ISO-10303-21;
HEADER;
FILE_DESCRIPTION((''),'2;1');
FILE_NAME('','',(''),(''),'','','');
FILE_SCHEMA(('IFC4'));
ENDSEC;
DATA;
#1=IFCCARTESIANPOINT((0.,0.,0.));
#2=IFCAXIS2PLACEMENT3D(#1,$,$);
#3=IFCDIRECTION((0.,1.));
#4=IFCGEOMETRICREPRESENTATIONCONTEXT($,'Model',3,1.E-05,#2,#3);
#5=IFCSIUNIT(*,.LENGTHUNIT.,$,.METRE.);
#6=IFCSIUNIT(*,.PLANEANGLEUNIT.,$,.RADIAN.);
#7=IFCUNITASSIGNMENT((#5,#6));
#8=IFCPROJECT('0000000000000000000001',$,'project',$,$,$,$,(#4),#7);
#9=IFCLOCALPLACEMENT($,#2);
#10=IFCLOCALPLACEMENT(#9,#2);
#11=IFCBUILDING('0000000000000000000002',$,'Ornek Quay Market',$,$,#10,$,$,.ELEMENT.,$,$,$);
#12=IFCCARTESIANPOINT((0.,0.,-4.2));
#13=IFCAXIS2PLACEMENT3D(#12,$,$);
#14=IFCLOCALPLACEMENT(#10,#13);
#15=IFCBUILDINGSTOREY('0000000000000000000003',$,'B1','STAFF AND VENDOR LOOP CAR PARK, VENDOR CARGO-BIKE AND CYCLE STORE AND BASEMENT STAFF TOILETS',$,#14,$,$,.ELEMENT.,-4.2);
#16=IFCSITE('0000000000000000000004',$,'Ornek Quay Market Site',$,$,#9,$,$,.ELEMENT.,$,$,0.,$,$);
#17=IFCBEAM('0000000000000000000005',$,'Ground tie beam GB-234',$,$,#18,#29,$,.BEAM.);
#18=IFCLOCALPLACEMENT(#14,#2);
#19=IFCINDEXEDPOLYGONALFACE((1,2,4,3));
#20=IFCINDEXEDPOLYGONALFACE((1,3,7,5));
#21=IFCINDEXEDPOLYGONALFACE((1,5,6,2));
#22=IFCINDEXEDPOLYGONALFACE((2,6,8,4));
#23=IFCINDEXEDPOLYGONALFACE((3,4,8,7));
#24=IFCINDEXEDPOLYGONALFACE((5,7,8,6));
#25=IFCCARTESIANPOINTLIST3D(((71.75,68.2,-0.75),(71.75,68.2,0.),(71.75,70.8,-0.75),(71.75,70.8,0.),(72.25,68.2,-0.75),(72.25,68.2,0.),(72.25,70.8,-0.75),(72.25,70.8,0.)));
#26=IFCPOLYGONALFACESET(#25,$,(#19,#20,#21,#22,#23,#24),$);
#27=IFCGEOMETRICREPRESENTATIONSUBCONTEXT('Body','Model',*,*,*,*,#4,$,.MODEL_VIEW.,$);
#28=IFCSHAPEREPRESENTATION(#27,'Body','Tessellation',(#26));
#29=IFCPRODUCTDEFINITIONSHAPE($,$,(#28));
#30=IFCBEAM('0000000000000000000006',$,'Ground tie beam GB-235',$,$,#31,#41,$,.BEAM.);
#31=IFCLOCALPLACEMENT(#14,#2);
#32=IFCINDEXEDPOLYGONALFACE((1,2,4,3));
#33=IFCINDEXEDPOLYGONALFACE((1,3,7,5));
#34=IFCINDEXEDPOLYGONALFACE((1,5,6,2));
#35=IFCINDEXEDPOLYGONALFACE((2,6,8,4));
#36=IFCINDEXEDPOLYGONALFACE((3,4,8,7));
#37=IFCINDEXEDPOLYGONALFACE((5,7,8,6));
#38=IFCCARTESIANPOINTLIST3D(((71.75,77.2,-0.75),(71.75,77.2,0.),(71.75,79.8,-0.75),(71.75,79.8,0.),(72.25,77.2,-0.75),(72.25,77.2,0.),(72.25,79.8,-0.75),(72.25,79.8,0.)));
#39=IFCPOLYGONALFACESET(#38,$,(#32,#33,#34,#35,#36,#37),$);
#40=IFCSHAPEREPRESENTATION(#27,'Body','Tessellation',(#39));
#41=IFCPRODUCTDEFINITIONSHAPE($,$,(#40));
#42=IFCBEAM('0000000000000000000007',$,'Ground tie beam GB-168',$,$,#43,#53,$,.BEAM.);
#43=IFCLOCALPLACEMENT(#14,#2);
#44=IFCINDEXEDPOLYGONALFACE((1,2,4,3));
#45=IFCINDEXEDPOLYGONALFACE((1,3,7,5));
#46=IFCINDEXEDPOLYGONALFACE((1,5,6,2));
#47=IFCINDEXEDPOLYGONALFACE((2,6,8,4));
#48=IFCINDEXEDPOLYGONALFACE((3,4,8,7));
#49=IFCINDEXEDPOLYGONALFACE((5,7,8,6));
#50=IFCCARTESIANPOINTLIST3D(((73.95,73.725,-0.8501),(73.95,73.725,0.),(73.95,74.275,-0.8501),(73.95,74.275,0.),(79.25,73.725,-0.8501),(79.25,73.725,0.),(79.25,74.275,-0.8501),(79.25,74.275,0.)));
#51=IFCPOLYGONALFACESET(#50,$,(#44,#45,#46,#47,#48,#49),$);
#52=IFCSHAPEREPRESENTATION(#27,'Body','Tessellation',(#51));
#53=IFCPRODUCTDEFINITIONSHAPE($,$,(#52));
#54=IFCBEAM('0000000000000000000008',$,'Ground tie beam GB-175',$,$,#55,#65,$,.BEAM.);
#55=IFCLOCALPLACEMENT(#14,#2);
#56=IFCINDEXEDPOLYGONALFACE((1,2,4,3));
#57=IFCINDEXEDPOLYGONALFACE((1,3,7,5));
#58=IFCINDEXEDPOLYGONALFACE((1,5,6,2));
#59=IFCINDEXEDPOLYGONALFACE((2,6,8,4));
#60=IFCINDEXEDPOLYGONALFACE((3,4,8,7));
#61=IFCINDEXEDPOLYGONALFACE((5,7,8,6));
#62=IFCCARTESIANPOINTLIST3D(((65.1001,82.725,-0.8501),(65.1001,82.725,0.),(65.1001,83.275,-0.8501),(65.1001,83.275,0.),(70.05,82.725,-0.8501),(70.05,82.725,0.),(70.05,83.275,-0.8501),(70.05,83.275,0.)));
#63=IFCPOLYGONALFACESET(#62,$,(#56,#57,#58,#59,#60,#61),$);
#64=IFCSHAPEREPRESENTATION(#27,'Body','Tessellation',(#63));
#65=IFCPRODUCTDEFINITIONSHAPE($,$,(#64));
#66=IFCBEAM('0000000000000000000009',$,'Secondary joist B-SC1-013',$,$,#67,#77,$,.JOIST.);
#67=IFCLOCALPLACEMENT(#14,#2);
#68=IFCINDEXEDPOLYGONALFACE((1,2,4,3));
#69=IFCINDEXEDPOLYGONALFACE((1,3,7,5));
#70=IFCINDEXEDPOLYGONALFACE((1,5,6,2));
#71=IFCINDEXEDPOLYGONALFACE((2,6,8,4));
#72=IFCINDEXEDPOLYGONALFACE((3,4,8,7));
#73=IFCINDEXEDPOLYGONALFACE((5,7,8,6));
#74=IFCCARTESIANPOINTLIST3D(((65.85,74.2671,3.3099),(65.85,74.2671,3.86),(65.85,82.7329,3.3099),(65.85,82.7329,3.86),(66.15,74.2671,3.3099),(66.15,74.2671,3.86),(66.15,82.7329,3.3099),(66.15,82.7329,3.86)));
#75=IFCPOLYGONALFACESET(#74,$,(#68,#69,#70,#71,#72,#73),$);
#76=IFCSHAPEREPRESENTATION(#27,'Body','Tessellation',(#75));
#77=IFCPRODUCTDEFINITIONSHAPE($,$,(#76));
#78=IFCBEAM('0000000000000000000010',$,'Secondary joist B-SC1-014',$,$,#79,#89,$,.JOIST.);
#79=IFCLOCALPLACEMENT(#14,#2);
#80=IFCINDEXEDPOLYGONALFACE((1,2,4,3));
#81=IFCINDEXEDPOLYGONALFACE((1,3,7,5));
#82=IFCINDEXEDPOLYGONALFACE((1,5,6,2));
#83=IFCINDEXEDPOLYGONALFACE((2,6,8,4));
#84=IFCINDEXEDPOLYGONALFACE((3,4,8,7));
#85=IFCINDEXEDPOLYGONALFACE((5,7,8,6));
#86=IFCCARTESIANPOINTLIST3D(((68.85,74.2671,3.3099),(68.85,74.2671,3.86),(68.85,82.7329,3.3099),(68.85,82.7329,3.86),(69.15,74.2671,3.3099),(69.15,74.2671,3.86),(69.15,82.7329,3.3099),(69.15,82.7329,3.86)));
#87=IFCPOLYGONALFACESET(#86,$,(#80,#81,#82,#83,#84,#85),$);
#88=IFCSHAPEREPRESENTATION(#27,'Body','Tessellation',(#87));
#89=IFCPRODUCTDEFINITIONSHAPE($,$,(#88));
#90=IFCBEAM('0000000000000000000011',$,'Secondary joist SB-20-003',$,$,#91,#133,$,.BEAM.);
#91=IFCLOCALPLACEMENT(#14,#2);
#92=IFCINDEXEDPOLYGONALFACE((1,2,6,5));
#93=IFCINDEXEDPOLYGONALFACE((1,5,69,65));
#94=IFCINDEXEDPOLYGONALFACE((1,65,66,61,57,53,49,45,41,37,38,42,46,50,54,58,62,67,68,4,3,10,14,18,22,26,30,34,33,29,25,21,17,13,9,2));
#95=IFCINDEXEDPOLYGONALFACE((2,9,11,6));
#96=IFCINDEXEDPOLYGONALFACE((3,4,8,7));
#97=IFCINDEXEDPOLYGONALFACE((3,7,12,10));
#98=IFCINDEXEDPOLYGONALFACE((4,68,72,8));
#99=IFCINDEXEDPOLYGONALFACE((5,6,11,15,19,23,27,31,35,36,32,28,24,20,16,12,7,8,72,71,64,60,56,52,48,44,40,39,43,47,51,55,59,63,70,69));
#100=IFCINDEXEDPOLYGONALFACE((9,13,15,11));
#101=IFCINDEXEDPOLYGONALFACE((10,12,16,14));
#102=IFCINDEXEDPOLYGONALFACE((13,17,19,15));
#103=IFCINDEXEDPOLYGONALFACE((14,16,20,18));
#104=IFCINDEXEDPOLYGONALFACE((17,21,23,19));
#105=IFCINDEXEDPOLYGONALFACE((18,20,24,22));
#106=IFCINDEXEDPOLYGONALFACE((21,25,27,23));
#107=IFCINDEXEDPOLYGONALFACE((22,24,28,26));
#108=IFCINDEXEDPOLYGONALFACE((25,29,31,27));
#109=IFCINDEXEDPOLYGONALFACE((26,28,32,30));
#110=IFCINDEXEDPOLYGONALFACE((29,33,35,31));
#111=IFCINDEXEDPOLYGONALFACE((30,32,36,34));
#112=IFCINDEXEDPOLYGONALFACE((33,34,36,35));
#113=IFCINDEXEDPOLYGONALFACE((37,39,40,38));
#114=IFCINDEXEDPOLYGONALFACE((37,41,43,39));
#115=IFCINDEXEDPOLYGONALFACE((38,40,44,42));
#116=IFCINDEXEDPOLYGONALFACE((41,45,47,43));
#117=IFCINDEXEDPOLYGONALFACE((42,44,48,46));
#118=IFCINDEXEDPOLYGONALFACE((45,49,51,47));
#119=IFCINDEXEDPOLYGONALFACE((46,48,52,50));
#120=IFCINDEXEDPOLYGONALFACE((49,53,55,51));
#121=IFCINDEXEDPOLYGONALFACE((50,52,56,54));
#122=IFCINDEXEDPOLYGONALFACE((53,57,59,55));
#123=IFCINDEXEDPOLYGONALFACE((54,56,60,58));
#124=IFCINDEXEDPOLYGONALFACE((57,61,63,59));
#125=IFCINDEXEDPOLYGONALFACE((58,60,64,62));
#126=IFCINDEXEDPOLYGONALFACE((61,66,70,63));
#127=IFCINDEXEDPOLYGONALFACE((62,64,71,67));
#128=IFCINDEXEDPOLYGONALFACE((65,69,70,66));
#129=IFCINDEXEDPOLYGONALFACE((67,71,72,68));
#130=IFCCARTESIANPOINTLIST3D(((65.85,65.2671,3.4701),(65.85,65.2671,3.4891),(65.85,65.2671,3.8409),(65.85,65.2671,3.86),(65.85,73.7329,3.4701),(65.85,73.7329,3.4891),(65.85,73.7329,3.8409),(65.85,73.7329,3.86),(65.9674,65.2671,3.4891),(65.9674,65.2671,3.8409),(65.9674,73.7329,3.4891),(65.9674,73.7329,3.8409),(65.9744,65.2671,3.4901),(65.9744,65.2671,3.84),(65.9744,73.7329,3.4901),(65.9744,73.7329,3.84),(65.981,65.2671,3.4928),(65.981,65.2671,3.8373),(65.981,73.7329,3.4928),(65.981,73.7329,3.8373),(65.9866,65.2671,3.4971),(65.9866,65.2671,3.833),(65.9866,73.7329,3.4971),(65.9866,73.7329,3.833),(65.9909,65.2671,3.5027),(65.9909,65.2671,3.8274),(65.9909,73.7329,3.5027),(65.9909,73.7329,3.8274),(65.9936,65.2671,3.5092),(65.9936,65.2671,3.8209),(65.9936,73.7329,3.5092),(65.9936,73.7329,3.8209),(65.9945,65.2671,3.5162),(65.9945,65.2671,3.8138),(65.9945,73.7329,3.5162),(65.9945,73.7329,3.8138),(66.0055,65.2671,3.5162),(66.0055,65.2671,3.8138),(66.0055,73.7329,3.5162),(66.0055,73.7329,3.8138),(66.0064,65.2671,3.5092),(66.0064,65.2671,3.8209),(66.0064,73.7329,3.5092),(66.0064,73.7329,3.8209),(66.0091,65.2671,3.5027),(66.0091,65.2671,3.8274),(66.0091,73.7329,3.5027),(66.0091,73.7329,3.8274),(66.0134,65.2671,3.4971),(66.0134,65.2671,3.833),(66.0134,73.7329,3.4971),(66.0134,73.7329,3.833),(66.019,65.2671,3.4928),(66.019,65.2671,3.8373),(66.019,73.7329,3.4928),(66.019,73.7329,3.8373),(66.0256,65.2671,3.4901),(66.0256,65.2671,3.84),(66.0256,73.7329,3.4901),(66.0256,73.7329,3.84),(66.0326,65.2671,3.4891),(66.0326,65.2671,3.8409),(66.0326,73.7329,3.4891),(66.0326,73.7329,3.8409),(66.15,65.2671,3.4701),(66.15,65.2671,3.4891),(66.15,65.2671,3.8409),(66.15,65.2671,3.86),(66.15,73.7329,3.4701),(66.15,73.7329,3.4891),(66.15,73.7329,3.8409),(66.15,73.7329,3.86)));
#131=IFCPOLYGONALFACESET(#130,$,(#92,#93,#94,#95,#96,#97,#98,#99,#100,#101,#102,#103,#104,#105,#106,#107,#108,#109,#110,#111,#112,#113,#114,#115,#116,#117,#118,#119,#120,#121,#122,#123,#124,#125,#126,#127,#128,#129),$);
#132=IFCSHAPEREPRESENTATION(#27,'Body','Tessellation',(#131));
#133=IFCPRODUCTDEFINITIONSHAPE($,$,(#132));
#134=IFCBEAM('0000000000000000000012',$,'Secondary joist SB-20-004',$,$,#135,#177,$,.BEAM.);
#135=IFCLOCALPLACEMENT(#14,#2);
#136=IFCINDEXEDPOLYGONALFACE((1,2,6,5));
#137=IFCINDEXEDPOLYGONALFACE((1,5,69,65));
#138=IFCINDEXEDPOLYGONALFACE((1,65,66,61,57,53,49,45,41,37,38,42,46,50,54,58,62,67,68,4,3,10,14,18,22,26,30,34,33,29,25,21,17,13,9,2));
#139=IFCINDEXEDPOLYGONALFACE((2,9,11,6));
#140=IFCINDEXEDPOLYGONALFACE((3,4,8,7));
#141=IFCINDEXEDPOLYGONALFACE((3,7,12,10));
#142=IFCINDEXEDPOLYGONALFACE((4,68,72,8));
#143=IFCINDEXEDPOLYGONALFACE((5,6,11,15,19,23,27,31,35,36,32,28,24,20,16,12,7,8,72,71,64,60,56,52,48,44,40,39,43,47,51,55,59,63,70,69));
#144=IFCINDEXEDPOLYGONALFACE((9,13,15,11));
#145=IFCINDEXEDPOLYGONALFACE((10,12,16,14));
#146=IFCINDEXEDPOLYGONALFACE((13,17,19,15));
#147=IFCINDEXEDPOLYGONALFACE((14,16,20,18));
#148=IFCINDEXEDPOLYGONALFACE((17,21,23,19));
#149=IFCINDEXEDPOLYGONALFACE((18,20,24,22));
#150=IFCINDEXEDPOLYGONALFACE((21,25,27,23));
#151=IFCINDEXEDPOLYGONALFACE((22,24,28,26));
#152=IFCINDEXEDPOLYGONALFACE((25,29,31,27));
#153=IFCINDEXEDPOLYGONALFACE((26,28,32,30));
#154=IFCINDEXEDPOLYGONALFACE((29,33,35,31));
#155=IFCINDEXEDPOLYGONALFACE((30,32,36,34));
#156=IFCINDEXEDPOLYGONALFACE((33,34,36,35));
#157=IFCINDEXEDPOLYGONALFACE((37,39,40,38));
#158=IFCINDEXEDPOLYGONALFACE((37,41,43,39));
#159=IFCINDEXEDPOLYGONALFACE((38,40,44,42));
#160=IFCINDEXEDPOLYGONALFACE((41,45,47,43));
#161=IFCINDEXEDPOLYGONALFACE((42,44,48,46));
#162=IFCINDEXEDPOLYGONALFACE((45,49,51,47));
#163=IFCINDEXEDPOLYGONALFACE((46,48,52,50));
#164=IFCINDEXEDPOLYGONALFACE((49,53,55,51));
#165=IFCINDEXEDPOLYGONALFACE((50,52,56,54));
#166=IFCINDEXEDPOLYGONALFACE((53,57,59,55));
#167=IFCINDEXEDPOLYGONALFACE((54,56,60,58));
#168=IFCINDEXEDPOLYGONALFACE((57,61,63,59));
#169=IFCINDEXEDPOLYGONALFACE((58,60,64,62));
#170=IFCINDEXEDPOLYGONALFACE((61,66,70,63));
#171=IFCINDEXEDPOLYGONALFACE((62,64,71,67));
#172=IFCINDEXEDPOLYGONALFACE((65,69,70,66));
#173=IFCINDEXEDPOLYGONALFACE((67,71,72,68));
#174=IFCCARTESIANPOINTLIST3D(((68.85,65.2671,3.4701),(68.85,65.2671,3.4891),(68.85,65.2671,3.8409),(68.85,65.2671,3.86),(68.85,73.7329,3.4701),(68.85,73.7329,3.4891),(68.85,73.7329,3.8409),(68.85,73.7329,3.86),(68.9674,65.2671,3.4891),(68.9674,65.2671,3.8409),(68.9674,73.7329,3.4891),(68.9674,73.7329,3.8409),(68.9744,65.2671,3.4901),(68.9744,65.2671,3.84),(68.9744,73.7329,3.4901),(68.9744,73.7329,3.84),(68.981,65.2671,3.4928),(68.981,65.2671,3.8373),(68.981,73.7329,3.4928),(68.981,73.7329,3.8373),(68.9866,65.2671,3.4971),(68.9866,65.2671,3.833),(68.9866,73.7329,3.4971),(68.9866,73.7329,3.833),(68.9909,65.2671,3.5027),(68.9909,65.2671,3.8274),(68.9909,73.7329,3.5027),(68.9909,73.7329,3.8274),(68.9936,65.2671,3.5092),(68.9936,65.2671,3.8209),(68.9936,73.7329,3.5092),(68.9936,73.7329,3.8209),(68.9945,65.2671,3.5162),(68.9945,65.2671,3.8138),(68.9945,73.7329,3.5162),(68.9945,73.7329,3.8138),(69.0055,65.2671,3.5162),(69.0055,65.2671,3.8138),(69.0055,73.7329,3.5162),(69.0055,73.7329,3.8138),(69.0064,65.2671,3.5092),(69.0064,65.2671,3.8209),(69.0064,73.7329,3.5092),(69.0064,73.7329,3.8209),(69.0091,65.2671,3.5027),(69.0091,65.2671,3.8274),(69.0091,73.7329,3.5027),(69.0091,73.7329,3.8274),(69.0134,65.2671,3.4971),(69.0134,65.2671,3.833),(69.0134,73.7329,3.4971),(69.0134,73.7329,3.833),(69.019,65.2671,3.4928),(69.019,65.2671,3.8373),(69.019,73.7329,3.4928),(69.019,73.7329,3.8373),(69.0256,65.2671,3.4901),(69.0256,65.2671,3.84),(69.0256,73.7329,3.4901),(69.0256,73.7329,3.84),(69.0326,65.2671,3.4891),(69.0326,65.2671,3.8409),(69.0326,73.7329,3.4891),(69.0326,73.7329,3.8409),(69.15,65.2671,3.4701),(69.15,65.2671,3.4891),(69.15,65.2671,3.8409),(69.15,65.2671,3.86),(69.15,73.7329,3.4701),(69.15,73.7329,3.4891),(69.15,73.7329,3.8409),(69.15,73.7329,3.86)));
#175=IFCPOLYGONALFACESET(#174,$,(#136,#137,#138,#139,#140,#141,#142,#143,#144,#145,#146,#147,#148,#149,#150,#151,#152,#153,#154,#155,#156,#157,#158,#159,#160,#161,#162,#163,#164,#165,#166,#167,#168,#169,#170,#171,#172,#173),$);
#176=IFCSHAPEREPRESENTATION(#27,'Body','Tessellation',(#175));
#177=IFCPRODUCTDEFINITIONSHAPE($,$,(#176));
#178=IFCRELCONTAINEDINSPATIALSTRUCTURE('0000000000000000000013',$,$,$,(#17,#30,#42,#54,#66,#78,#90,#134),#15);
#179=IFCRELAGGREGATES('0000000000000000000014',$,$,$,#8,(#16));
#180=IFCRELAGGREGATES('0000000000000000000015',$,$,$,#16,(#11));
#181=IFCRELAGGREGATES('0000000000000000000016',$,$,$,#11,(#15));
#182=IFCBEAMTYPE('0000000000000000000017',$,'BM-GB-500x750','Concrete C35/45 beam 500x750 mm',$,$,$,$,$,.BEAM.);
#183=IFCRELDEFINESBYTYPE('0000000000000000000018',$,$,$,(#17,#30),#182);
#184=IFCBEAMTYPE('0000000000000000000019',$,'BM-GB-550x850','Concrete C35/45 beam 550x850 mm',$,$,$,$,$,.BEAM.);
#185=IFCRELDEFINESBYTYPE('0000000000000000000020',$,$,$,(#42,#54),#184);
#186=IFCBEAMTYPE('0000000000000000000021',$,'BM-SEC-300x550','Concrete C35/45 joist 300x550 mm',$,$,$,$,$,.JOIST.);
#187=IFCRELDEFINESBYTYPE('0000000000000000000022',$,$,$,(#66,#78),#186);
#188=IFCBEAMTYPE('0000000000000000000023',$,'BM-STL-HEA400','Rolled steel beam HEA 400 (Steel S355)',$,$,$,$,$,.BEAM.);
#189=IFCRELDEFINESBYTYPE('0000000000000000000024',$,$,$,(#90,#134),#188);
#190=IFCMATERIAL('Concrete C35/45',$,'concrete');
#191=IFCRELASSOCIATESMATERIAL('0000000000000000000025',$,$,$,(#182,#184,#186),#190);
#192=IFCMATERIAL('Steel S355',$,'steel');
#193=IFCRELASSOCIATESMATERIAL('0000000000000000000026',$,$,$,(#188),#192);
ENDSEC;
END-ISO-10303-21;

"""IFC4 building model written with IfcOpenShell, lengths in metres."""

from ifc_helpers import new_model, si_unit, direction, frame, origin, origin_2d, place, context, subcontext, project, spatial, rectangle, i_section, extrude, material, material_profile, profile_set, type_object, element, save


model = new_model("IFC4")

# Units and contexts
model_context = context("Model", 3, precision=1e-05, world=origin(), true_north=direction((0.0, 1.0)))
body_context = subcontext(model_context, "Body", "Model", "MODEL_VIEW")
ifc_project = project(units=[si_unit("LENGTHUNIT", "METRE"), si_unit("PLANEANGLEUNIT", "RADIAN")], contexts=[model_context])

# Site, building, storey
site_placement = place(None, origin())
site = spatial("IfcSite", under=ifc_project, at=site_placement, Name="Ornek Quay Market Site", CompositionType="ELEMENT", RefElevation=0.0)
building_placement = place(site_placement, origin())
building = spatial("IfcBuilding", under=site, at=building_placement, Name="Ornek Quay Market", CompositionType="ELEMENT")
storey_placement = place(building_placement, frame((0.0, 0.0, -4.2)))
storey = spatial("IfcBuildingStorey", under=building, at=storey_placement, Name="B1", Description="STAFF AND VENDOR LOOP CAR PARK, VENDOR CARGO-BIKE AND CYCLE STORE AND BASEMENT STAFF TOILETS", CompositionType="ELEMENT", Elevation=-4.2)

# Shared definitions
ifc_material_1 = material(Name="Concrete C35/45", Category="concrete")

# Beams
ifc_material_profile_1 = material_profile(ifc_material_1, rectangle(XDim=0.5, YDim=0.75, at=origin_2d()), Name="RC 500x750", Category="concrete")
ifc_profile_set_1 = profile_set([ifc_material_profile_1], Name="Concrete C35/45")
beam_type_1 = type_object("IfcBeamType", Name="BM-GB-500x750", Description="Concrete C35/45 beam 500x750 mm", PredefinedType="BEAM", material=ifc_profile_set_1)
for number, where, z_axis, x_axis, name in (
    (1, (72.0, 68.2, -0.375), (0.0, 1.0, 0.0), (-1.0, 0.0, 0.0), "Ground tie beam GB-234"),
    (2, (72.0, 77.2, -0.375), (0.0, 1.0, 0.0), (-1.0, 0.0, 0.0), "Ground tie beam GB-235"),
):
    element("IfcBeam", number, at=place(storey_placement, frame(where, z_axis=z_axis, x_axis=x_axis)), inside=storey, type_object=beam_type_1, Name=name, PredefinedType="BEAM", context=body_context, shape_type="SweptSolid", body=[
        extrude(rectangle(XDim=0.5, YDim=0.75, at=origin_2d()), origin(), (0.0, 0.0, 1.0), 2.6001),
    ])
ifc_material_profile_2 = material_profile(ifc_material_1, rectangle(XDim=0.55, YDim=0.8501, at=origin_2d()), Name="RC 550x850", Category="concrete")
ifc_profile_set_2 = profile_set([ifc_material_profile_2], Name="Concrete C35/45")
beam_type_2 = type_object("IfcBeamType", Name="BM-GB-550x850", Description="Concrete C35/45 beam 550x850 mm", PredefinedType="BEAM", material=ifc_profile_set_2)
beam_1_placement = place(storey_placement, frame((73.95, 74.0, -0.425), z_axis=(1.0, 0.0, 0.0), x_axis=(0.0, 1.0, 0.0)))
element("IfcBeam", 3, at=beam_1_placement, inside=storey, type_object=beam_type_2, Name="Ground tie beam GB-168", PredefinedType="BEAM", context=body_context, shape_type="SweptSolid", body=[
    extrude(rectangle(XDim=0.55, YDim=0.8501, at=origin_2d()), origin(), (0.0, 0.0, 1.0), 5.3),
])
beam_2_placement = place(storey_placement, frame((65.1001, 83.0, -0.425), z_axis=(1.0, 0.0, 0.0), x_axis=(0.0, 1.0, 0.0)))
element("IfcBeam", 4, at=beam_2_placement, inside=storey, type_object=beam_type_2, Name="Ground tie beam GB-175", PredefinedType="BEAM", context=body_context, shape_type="SweptSolid", body=[
    extrude(rectangle(XDim=0.55, YDim=0.8501, at=origin_2d()), origin(), (0.0, 0.0, 1.0), 4.95),
])
ifc_material_profile_3 = material_profile(ifc_material_1, rectangle(XDim=0.3, YDim=0.55, at=origin_2d()), Name="RC 300x550", Category="concrete")
ifc_profile_set_3 = profile_set([ifc_material_profile_3], Name="Concrete C35/45")
beam_type_3 = type_object("IfcBeamType", Name="BM-SEC-300x550", Description="Concrete C35/45 joist 300x550 mm", PredefinedType="JOIST", material=ifc_profile_set_3)
for number, where, z_axis, x_axis, name in (
    (5, (66.0, 74.2671, 3.585), (0.0, 1.0, 0.0), (-1.0, 0.0, 0.0), "Secondary joist B-SC1-013"),
    (6, (69.0, 74.2671, 3.585), (0.0, 1.0, 0.0), (-1.0, 0.0, 0.0), "Secondary joist B-SC1-014"),
):
    element("IfcBeam", number, at=place(storey_placement, frame(where, z_axis=z_axis, x_axis=x_axis)), inside=storey, type_object=beam_type_3, Name=name, PredefinedType="JOIST", context=body_context, shape_type="SweptSolid", body=[
        extrude(rectangle(XDim=0.3, YDim=0.55, at=origin_2d()), origin(), (0.0, 0.0, 1.0), 8.4658),
    ])
ifc_material_2 = material(Name="Steel S355", Category="steel")
ifc_material_profile_4 = material_profile(ifc_material_2, i_section(OverallWidth=0.3, OverallDepth=0.3899, WebThickness=0.011, FlangeThickness=0.019, FilletRadius=0.0271, at=origin_2d()), Name="HEA 400", Category="steel")
ifc_profile_set_4 = profile_set([ifc_material_profile_4], Name="Steel S355")
beam_type_4 = type_object("IfcBeamType", Name="BM-STL-HEA400", Description="Rolled steel beam HEA 400 (Steel S355)", PredefinedType="BEAM", material=ifc_profile_set_4)
for number, where, z_axis, x_axis, name in (
    (7, (66.0, 65.2671, 3.665), (0.0, 1.0, 0.0), (-1.0, 0.0, 0.0), "Secondary joist SB-20-003"),
    (8, (69.0, 65.2671, 3.665), (0.0, 1.0, 0.0), (-1.0, 0.0, 0.0), "Secondary joist SB-20-004"),
):
    element("IfcBeam", number, at=place(storey_placement, frame(where, z_axis=z_axis, x_axis=x_axis)), inside=storey, type_object=beam_type_4, Name=name, PredefinedType="BEAM", context=body_context, shape_type="SweptSolid", body=[
        extrude(i_section(OverallWidth=0.3, OverallDepth=0.3899, WebThickness=0.011, FlangeThickness=0.019, FilletRadius=0.0271, at=origin_2d()), origin(), (0.0, 0.0, 1.0), 8.4658),
    ])

save(model, "model.ifc")
